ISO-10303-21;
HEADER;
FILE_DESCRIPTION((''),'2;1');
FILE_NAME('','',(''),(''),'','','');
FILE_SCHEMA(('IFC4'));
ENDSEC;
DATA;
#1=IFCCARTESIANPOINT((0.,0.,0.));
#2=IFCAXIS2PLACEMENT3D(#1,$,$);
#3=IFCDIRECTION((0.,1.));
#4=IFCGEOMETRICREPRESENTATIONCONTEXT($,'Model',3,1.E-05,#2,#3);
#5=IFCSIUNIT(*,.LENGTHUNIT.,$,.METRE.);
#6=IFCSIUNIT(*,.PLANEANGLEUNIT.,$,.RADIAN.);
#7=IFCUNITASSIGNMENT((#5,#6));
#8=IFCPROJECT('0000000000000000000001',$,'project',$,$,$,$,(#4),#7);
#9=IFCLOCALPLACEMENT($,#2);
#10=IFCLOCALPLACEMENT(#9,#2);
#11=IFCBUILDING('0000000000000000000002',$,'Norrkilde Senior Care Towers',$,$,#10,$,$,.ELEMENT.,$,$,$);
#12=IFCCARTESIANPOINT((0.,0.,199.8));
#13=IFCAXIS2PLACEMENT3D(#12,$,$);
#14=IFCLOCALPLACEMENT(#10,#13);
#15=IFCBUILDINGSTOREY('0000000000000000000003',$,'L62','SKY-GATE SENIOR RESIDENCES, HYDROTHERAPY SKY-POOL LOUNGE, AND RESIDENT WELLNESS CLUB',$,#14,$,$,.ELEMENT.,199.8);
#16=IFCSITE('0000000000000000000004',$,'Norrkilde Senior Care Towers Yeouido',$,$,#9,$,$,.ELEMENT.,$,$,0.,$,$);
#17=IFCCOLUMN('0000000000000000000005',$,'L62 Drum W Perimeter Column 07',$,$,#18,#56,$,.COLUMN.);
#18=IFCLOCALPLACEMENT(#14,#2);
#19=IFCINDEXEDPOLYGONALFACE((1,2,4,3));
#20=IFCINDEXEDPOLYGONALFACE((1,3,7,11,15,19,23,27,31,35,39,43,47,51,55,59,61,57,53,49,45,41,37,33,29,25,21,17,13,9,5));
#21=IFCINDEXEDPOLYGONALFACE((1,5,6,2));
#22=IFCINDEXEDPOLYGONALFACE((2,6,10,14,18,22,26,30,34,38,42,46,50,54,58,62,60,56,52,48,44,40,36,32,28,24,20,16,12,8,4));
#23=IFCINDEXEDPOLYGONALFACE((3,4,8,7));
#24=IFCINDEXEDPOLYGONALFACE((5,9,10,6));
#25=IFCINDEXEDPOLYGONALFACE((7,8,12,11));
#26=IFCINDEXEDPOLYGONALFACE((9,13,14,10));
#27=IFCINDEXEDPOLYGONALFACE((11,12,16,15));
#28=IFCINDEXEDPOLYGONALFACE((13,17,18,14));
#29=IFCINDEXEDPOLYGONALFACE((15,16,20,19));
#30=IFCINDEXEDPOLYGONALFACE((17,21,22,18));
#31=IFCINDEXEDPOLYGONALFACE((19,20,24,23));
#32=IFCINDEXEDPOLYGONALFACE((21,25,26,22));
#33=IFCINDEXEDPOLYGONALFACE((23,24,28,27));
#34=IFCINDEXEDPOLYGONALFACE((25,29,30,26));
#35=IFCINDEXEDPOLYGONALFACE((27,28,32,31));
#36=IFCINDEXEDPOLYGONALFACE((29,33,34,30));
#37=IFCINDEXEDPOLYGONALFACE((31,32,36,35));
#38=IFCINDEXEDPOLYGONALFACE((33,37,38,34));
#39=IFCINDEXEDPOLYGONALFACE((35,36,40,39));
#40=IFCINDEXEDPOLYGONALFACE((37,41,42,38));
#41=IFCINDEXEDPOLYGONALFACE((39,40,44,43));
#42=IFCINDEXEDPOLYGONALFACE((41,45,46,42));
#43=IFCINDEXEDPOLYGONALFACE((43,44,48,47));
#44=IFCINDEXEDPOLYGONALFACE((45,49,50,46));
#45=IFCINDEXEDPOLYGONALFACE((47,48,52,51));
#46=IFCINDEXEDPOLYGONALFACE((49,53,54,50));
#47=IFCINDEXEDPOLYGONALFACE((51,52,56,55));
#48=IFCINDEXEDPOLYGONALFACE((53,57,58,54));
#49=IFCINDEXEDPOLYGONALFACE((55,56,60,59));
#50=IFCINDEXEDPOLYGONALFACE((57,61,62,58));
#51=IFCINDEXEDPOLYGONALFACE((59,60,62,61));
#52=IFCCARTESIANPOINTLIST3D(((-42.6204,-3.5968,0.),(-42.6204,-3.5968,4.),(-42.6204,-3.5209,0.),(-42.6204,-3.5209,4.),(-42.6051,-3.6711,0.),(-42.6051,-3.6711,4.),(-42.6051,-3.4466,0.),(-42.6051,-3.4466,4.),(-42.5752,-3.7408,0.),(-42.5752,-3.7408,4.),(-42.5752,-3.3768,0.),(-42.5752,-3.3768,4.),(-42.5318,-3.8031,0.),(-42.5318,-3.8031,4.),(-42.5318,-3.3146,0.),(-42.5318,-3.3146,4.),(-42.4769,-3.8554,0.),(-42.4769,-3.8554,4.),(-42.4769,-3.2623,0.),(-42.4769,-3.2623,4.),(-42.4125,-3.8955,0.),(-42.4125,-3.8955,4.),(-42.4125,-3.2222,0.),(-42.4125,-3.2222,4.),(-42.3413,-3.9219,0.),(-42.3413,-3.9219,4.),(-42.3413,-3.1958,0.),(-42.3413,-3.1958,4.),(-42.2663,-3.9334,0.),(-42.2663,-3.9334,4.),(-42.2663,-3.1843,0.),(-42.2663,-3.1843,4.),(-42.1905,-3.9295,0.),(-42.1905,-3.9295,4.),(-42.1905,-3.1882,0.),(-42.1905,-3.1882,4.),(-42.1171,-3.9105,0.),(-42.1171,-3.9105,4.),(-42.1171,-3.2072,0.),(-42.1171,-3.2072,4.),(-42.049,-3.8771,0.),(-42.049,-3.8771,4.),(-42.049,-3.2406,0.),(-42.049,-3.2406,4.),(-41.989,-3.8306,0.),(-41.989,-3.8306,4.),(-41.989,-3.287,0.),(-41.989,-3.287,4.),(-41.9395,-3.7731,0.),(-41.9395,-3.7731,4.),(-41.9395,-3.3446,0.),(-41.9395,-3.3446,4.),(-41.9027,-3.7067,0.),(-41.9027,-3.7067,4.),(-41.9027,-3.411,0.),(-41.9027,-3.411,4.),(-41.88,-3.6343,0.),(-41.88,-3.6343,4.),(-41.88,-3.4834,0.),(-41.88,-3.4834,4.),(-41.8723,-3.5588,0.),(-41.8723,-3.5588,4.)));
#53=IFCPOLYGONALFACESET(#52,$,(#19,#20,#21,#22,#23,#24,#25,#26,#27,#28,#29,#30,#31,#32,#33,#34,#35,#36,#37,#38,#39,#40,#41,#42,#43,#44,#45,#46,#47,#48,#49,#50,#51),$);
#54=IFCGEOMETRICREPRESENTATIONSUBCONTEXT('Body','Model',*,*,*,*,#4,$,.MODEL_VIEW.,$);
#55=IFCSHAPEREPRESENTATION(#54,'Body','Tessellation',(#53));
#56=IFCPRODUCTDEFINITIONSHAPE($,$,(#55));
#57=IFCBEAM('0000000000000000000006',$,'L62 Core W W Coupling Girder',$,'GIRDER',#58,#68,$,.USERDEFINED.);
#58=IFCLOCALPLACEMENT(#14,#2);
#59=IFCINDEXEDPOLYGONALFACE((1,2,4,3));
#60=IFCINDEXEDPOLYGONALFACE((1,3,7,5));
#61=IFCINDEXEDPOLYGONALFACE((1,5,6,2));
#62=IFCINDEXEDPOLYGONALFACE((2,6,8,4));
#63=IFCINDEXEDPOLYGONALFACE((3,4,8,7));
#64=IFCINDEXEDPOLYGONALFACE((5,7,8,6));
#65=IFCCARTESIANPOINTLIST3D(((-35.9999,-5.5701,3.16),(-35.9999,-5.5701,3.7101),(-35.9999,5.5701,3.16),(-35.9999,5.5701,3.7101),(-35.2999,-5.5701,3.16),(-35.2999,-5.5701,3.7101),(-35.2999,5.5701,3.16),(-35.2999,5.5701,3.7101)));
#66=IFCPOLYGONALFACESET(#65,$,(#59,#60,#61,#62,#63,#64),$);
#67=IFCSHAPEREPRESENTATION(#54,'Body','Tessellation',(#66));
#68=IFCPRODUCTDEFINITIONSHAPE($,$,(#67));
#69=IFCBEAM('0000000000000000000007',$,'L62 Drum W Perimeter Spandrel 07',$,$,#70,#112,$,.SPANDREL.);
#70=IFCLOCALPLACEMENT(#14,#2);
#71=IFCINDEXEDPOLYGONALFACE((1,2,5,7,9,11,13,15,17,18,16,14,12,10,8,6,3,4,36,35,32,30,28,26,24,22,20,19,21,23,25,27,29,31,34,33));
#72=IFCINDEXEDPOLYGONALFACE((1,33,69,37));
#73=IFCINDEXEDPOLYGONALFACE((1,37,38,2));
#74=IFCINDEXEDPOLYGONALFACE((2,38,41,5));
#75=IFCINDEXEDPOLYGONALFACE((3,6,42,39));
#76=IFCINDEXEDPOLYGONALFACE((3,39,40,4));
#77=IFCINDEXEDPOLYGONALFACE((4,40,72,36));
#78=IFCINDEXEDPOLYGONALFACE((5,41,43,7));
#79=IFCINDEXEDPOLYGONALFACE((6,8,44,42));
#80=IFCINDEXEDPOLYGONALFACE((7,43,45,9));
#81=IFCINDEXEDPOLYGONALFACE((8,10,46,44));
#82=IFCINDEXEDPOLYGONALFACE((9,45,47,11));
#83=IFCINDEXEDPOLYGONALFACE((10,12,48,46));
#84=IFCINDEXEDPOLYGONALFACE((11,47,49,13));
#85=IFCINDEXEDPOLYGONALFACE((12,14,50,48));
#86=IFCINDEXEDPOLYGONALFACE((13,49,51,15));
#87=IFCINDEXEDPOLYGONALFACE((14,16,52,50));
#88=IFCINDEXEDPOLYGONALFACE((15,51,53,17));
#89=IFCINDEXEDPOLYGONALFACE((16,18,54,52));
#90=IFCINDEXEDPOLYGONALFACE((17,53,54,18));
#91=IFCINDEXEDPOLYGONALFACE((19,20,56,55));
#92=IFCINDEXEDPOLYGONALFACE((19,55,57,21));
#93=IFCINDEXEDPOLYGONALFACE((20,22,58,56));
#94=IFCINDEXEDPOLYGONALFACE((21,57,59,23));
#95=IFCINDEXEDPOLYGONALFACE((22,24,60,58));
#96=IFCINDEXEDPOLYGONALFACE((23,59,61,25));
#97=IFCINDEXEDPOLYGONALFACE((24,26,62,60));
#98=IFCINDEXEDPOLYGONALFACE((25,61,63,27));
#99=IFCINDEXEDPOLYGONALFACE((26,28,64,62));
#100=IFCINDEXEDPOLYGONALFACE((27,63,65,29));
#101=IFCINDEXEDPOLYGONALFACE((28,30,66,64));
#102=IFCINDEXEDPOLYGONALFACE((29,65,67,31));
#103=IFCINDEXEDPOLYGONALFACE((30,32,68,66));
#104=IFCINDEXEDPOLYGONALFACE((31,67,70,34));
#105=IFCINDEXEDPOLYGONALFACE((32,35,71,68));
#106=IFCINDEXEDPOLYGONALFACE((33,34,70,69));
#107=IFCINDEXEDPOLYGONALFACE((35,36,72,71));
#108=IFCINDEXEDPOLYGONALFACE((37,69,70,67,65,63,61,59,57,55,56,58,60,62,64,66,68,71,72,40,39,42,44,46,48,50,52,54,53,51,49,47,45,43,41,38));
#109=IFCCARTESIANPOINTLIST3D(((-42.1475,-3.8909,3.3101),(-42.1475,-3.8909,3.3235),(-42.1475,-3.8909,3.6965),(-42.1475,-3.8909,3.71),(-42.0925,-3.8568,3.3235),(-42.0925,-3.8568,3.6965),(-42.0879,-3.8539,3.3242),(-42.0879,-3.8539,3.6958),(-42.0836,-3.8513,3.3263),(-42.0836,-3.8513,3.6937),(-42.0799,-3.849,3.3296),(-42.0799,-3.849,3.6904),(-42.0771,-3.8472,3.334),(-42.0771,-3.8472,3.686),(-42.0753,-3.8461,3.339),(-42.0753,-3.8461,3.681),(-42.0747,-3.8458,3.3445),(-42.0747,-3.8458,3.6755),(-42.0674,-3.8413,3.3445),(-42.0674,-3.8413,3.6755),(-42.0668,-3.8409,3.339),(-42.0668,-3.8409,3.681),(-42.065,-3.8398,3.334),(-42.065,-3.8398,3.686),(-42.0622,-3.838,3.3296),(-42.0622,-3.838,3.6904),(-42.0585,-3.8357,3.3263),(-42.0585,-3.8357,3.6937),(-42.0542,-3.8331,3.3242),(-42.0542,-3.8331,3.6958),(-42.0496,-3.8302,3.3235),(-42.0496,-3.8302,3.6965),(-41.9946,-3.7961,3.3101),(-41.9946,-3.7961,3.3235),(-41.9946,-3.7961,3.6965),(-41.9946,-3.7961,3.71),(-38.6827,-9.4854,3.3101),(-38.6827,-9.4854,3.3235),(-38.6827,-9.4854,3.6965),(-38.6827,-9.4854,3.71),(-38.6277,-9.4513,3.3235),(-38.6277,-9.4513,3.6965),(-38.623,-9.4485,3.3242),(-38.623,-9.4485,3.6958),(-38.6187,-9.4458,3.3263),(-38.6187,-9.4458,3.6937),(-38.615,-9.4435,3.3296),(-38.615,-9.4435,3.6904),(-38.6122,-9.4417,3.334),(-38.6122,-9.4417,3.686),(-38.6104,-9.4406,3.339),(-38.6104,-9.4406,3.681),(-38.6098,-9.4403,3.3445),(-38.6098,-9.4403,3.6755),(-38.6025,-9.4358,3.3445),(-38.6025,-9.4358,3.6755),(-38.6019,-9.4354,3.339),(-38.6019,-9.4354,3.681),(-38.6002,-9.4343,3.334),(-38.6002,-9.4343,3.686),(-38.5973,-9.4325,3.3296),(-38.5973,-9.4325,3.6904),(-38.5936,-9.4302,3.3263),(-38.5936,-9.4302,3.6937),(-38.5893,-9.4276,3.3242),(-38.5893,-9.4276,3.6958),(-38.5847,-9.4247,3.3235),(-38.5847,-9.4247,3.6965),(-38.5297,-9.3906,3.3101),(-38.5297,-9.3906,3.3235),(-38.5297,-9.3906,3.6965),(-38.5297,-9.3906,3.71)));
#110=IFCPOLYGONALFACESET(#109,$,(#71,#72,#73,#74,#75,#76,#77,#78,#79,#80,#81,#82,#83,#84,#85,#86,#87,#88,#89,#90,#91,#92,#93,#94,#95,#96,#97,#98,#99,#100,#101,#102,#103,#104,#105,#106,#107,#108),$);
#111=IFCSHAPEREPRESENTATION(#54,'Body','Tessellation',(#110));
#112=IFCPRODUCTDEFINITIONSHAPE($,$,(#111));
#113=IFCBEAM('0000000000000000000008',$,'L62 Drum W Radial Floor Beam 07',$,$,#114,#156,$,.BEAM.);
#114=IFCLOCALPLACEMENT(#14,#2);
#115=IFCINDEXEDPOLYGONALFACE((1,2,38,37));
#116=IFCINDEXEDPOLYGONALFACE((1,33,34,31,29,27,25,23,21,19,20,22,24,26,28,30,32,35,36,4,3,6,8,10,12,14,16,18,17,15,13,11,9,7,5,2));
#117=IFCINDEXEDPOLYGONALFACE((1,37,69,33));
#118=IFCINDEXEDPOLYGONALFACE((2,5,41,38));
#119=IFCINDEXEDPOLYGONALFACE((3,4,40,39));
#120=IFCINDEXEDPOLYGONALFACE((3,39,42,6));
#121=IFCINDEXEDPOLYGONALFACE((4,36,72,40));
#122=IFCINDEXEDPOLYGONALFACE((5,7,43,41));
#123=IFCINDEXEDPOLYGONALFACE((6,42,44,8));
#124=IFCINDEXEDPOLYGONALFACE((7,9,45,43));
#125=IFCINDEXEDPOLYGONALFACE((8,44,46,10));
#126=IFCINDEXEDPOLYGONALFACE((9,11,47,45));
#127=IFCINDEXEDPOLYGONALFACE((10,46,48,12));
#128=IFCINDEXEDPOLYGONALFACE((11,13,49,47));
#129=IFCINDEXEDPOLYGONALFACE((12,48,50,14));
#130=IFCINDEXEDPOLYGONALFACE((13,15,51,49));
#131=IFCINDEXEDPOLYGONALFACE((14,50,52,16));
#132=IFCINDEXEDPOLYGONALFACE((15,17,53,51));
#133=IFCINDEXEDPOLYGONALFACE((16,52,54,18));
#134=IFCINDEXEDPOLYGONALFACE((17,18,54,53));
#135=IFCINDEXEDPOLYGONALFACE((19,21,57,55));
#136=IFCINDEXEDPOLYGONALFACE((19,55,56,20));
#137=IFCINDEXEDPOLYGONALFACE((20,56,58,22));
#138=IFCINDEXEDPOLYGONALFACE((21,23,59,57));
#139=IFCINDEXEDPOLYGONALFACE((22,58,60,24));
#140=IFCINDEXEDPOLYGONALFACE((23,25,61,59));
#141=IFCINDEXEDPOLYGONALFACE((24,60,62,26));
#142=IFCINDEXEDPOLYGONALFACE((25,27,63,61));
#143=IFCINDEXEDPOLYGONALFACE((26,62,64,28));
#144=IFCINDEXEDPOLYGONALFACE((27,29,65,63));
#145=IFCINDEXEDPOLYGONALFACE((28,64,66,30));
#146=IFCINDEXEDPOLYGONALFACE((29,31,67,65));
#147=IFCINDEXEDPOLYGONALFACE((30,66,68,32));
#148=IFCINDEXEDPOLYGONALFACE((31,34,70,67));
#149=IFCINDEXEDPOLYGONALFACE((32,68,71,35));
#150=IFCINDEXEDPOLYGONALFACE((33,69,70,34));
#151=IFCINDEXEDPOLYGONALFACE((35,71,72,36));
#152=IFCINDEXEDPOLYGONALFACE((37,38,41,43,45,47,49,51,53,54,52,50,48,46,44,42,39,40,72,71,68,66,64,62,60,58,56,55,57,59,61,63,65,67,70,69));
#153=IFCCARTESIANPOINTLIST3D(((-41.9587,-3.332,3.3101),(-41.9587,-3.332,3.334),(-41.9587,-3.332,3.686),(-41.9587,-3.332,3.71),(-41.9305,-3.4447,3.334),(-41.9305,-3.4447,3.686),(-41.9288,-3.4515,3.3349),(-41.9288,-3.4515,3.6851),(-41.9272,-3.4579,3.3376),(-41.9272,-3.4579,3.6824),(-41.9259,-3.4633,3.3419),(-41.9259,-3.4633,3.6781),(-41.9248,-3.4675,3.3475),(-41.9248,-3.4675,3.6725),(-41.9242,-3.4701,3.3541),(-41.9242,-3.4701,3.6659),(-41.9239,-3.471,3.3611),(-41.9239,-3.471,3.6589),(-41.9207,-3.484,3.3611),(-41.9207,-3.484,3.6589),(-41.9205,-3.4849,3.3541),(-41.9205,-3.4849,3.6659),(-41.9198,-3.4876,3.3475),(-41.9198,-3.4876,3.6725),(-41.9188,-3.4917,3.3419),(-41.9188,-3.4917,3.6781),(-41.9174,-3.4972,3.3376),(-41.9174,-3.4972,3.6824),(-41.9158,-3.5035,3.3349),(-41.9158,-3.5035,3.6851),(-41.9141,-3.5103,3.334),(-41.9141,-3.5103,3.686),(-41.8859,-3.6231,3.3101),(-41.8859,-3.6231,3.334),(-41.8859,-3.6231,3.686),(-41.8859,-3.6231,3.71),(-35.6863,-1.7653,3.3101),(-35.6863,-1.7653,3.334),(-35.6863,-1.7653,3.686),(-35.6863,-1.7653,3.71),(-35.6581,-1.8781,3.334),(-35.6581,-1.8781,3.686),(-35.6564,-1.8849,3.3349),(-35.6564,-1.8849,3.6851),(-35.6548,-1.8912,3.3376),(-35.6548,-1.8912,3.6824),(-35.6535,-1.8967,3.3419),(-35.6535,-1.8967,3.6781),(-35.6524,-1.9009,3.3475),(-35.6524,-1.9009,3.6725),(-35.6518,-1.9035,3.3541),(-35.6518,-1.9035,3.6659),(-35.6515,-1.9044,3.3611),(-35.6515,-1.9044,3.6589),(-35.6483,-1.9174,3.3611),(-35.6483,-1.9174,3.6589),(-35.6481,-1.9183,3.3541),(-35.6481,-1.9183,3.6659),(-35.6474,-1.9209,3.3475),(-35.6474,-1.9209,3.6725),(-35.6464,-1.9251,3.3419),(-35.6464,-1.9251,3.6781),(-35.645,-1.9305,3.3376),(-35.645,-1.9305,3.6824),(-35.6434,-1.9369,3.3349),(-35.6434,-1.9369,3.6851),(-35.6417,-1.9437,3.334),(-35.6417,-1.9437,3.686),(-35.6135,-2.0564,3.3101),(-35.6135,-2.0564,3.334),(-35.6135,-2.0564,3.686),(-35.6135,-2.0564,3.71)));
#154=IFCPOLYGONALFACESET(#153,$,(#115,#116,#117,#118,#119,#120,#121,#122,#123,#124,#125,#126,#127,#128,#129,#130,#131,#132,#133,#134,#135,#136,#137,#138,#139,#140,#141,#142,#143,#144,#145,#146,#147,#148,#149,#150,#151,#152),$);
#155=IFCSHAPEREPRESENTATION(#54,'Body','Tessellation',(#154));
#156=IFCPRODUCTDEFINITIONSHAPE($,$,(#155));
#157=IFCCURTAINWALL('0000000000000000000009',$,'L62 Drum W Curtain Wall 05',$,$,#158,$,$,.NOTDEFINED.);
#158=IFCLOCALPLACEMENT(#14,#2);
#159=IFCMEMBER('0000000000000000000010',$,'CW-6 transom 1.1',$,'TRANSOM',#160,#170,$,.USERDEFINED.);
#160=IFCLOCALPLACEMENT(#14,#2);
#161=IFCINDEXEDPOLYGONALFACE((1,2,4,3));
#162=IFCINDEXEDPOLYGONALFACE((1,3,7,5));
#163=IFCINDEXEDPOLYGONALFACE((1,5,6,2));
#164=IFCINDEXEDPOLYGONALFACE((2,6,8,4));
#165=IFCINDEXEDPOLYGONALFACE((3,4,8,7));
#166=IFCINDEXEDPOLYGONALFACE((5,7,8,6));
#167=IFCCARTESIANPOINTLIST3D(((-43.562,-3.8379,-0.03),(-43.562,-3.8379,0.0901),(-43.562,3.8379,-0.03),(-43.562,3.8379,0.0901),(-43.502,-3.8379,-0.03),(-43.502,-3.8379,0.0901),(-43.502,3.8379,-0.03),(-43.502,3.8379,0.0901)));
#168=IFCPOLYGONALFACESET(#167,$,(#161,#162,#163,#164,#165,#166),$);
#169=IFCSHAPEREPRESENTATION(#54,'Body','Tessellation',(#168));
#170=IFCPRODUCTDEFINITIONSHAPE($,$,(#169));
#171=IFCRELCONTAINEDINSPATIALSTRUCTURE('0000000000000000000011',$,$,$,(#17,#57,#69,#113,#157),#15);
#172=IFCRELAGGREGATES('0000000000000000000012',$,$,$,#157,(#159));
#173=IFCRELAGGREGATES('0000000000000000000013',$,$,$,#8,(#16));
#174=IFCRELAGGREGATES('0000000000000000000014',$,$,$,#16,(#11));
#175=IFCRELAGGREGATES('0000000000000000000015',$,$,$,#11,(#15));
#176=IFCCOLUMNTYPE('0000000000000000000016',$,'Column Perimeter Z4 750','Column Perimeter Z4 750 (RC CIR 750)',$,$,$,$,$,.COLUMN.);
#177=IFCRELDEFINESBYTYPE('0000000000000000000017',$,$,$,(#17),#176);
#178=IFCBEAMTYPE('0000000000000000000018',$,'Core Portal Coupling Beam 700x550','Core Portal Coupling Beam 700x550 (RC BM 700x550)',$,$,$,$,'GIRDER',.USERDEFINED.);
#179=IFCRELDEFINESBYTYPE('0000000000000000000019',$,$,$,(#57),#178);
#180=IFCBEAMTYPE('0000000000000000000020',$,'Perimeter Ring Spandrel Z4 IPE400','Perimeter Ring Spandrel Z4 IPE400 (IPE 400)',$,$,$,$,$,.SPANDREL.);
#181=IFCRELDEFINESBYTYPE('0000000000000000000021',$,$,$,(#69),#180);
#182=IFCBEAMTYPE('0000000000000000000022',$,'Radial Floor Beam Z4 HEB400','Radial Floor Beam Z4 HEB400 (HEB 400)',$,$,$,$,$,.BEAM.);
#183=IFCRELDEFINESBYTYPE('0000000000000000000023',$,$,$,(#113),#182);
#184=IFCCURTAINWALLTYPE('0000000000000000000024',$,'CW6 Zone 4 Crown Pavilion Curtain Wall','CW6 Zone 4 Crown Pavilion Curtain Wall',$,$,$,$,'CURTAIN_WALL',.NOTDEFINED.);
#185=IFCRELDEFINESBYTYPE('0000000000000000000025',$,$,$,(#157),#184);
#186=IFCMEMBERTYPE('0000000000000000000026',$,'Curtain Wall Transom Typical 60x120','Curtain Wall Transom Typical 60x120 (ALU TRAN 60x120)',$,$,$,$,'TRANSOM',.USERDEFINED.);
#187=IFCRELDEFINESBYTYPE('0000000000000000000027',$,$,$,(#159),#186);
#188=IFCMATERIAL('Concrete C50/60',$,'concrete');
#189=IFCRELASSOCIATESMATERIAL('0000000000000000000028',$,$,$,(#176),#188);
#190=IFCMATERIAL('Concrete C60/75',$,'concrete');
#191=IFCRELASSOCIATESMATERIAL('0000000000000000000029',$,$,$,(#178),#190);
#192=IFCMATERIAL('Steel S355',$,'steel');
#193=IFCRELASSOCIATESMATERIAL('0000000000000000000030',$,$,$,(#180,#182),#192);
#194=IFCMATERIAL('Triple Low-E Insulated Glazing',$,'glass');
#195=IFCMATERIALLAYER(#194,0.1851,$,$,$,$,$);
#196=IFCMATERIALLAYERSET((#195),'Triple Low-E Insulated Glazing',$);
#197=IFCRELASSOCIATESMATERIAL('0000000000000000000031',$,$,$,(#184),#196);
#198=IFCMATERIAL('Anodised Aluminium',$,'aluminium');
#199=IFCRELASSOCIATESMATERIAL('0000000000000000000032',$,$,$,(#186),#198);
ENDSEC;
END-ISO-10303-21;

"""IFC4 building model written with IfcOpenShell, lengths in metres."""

from ifc_helpers import new_model, si_unit, direction, frame, origin, origin_2d, place, context, subcontext, project, spatial, rectangle, circle, i_section, extrude, source, transform, mapped, material, layer, layer_set, material_profile, profile_set, type_object, type_shapes, element, aggregate, save


model = new_model("IFC4")

# Units and contexts
model_context = context("Model", 3, precision=1e-05, world=origin(), true_north=direction((0.0, 1.0)))
body_context = subcontext(model_context, "Body", "Model", "MODEL_VIEW")
ifc_project = project(units=[si_unit("LENGTHUNIT", "METRE"), si_unit("PLANEANGLEUNIT", "RADIAN")], contexts=[model_context])

# Site, building, storey
site_placement = place(None, origin())
site = spatial("IfcSite", under=ifc_project, at=site_placement, Name="Norrkilde Senior Care Towers Yeouido", CompositionType="ELEMENT", RefElevation=0.0)
building_placement = place(site_placement, origin())
building = spatial("IfcBuilding", under=site, at=building_placement, Name="Norrkilde Senior Care Towers", CompositionType="ELEMENT")
storey_placement = place(building_placement, frame((0.0, 0.0, 199.8)))
storey = spatial("IfcBuildingStorey", under=building, at=storey_placement, Name="L62", Description="SKY-GATE SENIOR RESIDENCES, HYDROTHERAPY SKY-POOL LOUNGE, AND RESIDENT WELLNESS CLUB", CompositionType="ELEMENT", Elevation=199.8)

# Column
ifc_material_1 = material(Name="Concrete C50/60", Category="concrete")
ifc_material_profile_1 = material_profile(ifc_material_1, circle(Radius=0.375, at=origin_2d()), Name="RC CIR 750")
ifc_profile_set_1 = profile_set([ifc_material_profile_1], Name="Concrete C50/60")
column_type = type_object("IfcColumnType", Name="Column Perimeter Z4 750", Description="Column Perimeter Z4 750 (RC CIR 750)", PredefinedType="COLUMN", material=ifc_profile_set_1)
shared_shape_1 = source(origin(), body_context, "Body", "SweptSolid", [
    extrude(circle(Radius=0.375, at=origin_2d()), origin(), (0.0, 0.0, 1.0), 4.0),
])
type_shapes(column_type, [shared_shape_1])
column_placement = place(storey_placement, frame((-42.2473, -3.5588, 0.0), z_axis=(0.0, 0.0, 1.0), x_axis=(1.0, 0.0, 0.0)))
element("IfcColumn", 1, at=column_placement, inside=storey, type_object=column_type, Name="L62 Drum W Perimeter Column 07", PredefinedType="COLUMN", context=body_context, shape_type="MappedRepresentation", body=[
    mapped(shared_shape_1, transform((0.0, 0.0, 0.0), x_axis=(1.0, 0.0, 0.0), y_axis=(0.0, 1.0, 0.0), z_axis=(0.0, 0.0, 1.0), scale=1.0)),
])

# Beams
ifc_material_2 = material(Name="Concrete C60/75", Category="concrete")
ifc_material_profile_2 = material_profile(ifc_material_2, rectangle(XDim=0.7, YDim=0.55, at=origin_2d()), Name="RC BM 700x550")
ifc_profile_set_2 = profile_set([ifc_material_profile_2], Name="Concrete C60/75")
beam_type_1 = type_object("IfcBeamType", Name="Core Portal Coupling Beam 700x550", Description="Core Portal Coupling Beam 700x550 (RC BM 700x550)", ElementType="GIRDER", PredefinedType="USERDEFINED", material=ifc_profile_set_2)
shared_shape_2 = source(origin(), body_context, "Body", "SweptSolid", [
    extrude(rectangle(XDim=0.7, YDim=0.55, at=origin_2d()), origin(), (0.0, 0.0, 1.0), 11.1401),
])
type_shapes(beam_type_1, [shared_shape_2])
beam_1_placement = place(storey_placement, frame((-35.6499, -5.5701, 3.4351), z_axis=(0.0, 1.0, 0.0), x_axis=(-1.0, 0.0, 0.0)))
element("IfcBeam", 2, at=beam_1_placement, inside=storey, type_object=beam_type_1, Name="L62 Core W W Coupling Girder", ObjectType="GIRDER", PredefinedType="USERDEFINED", context=body_context, shape_type="MappedRepresentation", body=[
    mapped(shared_shape_2, transform((0.0, 0.0, 0.0), x_axis=(1.0, 0.0, 0.0), y_axis=(0.0, 1.0, 0.0), z_axis=(0.0, 0.0, 1.0), scale=1.0)),
])
ifc_material_3 = material(Name="Steel S355", Category="steel")
ifc_material_profile_3 = material_profile(ifc_material_3, i_section(OverallWidth=0.1799, OverallDepth=0.3999, WebThickness=0.0085, FlangeThickness=0.0134, FilletRadius=0.021, at=origin_2d()), Name="IPE 400")
ifc_profile_set_3 = profile_set([ifc_material_profile_3], Name="Steel S355")
beam_type_2 = type_object("IfcBeamType", Name="Perimeter Ring Spandrel Z4 IPE400", Description="Perimeter Ring Spandrel Z4 IPE400 (IPE 400)", PredefinedType="SPANDREL", material=ifc_profile_set_3)
shared_shape_3 = source(origin(), body_context, "Body", "SweptSolid", [
    extrude(i_section(OverallWidth=0.1799, OverallDepth=0.3999, WebThickness=0.0085, FlangeThickness=0.0134, FilletRadius=0.021, at=origin_2d()), origin(), (0.0, 0.0, 1.0), 6.5806),
])
type_shapes(beam_type_2, [shared_shape_3])
beam_2_placement = place(storey_placement, frame((-42.071, -3.8435, 3.51), z_axis=(0.52653, -0.850157, 0.0), x_axis=(0.850157, 0.52653, 0.0)))
element("IfcBeam", 3, at=beam_2_placement, inside=storey, type_object=beam_type_2, Name="L62 Drum W Perimeter Spandrel 07", PredefinedType="SPANDREL", context=body_context, shape_type="MappedRepresentation", body=[
    mapped(shared_shape_3, transform((0.0, 0.0, 0.0), x_axis=(1.0, 0.0, 0.0), y_axis=(0.0, 1.0, 0.0), z_axis=(0.0, 0.0, 1.0), scale=1.0)),
])
ifc_material_profile_4 = material_profile(ifc_material_3, i_section(OverallWidth=0.3, OverallDepth=0.3999, WebThickness=0.0134, FlangeThickness=0.0239, FilletRadius=0.0271, at=origin_2d()), Name="HEB 400")
ifc_profile_set_4 = profile_set([ifc_material_profile_4], Name="Steel S355")
beam_type_3 = type_object("IfcBeamType", Name="Radial Floor Beam Z4 HEB400", Description="Radial Floor Beam Z4 HEB400 (HEB 400)", PredefinedType="BEAM", material=ifc_profile_set_4)
shared_shape_4 = source(origin(), body_context, "Body", "SweptSolid", [
    extrude(i_section(OverallWidth=0.3, OverallDepth=0.3999, WebThickness=0.0134, FlangeThickness=0.0239, FilletRadius=0.0271, at=origin_2d()), origin(), (0.0, 0.0, 1.0), 6.4651),
])
type_shapes(beam_type_3, [shared_shape_4])
beam_3_placement = place(storey_placement, frame((-35.6499, -1.9109, 3.51), z_axis=(-0.970196, -0.242322, 0.0), x_axis=(0.242322, -0.970196, 0.0)))
element("IfcBeam", 4, at=beam_3_placement, inside=storey, type_object=beam_type_3, Name="L62 Drum W Radial Floor Beam 07", PredefinedType="BEAM", context=body_context, shape_type="MappedRepresentation", body=[
    mapped(shared_shape_4, transform((0.0, 0.0, 0.0), x_axis=(1.0, 0.0, 0.0), y_axis=(0.0, 1.0, 0.0), z_axis=(0.0, 0.0, 1.0), scale=1.0)),
])

# Curtain wall, member
ifc_material_4 = material(Name="Triple Low-E Insulated Glazing", Category="glass")
ifc_layer_1 = layer(ifc_material_4, 0.1851)
ifc_layer_set_1 = layer_set([ifc_layer_1], Name="Triple Low-E Insulated Glazing")
curtain_wall_type = type_object("IfcCurtainWallType", Name="CW6 Zone 4 Crown Pavilion Curtain Wall", Description="CW6 Zone 4 Crown Pavilion Curtain Wall", ElementType="CURTAIN_WALL", PredefinedType="NOTDEFINED", material=ifc_layer_set_1)
curtain_wall_1_placement = place(storey_placement, origin())
curtain_wall_1 = element("IfcCurtainWall", 5, at=curtain_wall_1_placement, inside=storey, type_object=curtain_wall_type, Name="L62 Drum W Curtain Wall 05", PredefinedType="NOTDEFINED")
ifc_material_5 = material(Name="Anodised Aluminium", Category="aluminium")
ifc_material_profile_5 = material_profile(ifc_material_5, rectangle(XDim=0.0601, YDim=0.1201, at=origin_2d()), Name="ALU TRAN 60x120")
ifc_profile_set_5 = profile_set([ifc_material_profile_5], Name="Anodised Aluminium")
member_type_1 = type_object("IfcMemberType", Name="Curtain Wall Transom Typical 60x120", Description="Curtain Wall Transom Typical 60x120 (ALU TRAN 60x120)", ElementType="TRANSOM", PredefinedType="USERDEFINED", material=ifc_profile_set_5)
shared_shape_5 = source(origin(), body_context, "Body", "SweptSolid", [
    extrude(rectangle(XDim=0.0601, YDim=0.1201, at=origin_2d()), origin(), (0.0, 0.0, 1.0), 7.6758),
])
type_shapes(member_type_1, [shared_shape_5])
member_1_placement = place(storey_placement, frame((-43.532, -3.8379, 0.03), z_axis=(0.0, 1.0, 0.0), x_axis=(-1.0, 0.0, 0.0)))
member_1 = element("IfcMember", 6, at=member_1_placement, type_object=member_type_1, Name="CW-6 transom 1.1", ObjectType="TRANSOM", PredefinedType="USERDEFINED", context=body_context, shape_type="MappedRepresentation", body=[
    mapped(shared_shape_5, transform((0.0, 0.0, 0.0), x_axis=(1.0, 0.0, 0.0), y_axis=(0.0, 1.0, 0.0), z_axis=(0.0, 0.0, 1.0), scale=1.0)),
])
aggregate(curtain_wall_1, [member_1])

save(model, "model.ifc")
